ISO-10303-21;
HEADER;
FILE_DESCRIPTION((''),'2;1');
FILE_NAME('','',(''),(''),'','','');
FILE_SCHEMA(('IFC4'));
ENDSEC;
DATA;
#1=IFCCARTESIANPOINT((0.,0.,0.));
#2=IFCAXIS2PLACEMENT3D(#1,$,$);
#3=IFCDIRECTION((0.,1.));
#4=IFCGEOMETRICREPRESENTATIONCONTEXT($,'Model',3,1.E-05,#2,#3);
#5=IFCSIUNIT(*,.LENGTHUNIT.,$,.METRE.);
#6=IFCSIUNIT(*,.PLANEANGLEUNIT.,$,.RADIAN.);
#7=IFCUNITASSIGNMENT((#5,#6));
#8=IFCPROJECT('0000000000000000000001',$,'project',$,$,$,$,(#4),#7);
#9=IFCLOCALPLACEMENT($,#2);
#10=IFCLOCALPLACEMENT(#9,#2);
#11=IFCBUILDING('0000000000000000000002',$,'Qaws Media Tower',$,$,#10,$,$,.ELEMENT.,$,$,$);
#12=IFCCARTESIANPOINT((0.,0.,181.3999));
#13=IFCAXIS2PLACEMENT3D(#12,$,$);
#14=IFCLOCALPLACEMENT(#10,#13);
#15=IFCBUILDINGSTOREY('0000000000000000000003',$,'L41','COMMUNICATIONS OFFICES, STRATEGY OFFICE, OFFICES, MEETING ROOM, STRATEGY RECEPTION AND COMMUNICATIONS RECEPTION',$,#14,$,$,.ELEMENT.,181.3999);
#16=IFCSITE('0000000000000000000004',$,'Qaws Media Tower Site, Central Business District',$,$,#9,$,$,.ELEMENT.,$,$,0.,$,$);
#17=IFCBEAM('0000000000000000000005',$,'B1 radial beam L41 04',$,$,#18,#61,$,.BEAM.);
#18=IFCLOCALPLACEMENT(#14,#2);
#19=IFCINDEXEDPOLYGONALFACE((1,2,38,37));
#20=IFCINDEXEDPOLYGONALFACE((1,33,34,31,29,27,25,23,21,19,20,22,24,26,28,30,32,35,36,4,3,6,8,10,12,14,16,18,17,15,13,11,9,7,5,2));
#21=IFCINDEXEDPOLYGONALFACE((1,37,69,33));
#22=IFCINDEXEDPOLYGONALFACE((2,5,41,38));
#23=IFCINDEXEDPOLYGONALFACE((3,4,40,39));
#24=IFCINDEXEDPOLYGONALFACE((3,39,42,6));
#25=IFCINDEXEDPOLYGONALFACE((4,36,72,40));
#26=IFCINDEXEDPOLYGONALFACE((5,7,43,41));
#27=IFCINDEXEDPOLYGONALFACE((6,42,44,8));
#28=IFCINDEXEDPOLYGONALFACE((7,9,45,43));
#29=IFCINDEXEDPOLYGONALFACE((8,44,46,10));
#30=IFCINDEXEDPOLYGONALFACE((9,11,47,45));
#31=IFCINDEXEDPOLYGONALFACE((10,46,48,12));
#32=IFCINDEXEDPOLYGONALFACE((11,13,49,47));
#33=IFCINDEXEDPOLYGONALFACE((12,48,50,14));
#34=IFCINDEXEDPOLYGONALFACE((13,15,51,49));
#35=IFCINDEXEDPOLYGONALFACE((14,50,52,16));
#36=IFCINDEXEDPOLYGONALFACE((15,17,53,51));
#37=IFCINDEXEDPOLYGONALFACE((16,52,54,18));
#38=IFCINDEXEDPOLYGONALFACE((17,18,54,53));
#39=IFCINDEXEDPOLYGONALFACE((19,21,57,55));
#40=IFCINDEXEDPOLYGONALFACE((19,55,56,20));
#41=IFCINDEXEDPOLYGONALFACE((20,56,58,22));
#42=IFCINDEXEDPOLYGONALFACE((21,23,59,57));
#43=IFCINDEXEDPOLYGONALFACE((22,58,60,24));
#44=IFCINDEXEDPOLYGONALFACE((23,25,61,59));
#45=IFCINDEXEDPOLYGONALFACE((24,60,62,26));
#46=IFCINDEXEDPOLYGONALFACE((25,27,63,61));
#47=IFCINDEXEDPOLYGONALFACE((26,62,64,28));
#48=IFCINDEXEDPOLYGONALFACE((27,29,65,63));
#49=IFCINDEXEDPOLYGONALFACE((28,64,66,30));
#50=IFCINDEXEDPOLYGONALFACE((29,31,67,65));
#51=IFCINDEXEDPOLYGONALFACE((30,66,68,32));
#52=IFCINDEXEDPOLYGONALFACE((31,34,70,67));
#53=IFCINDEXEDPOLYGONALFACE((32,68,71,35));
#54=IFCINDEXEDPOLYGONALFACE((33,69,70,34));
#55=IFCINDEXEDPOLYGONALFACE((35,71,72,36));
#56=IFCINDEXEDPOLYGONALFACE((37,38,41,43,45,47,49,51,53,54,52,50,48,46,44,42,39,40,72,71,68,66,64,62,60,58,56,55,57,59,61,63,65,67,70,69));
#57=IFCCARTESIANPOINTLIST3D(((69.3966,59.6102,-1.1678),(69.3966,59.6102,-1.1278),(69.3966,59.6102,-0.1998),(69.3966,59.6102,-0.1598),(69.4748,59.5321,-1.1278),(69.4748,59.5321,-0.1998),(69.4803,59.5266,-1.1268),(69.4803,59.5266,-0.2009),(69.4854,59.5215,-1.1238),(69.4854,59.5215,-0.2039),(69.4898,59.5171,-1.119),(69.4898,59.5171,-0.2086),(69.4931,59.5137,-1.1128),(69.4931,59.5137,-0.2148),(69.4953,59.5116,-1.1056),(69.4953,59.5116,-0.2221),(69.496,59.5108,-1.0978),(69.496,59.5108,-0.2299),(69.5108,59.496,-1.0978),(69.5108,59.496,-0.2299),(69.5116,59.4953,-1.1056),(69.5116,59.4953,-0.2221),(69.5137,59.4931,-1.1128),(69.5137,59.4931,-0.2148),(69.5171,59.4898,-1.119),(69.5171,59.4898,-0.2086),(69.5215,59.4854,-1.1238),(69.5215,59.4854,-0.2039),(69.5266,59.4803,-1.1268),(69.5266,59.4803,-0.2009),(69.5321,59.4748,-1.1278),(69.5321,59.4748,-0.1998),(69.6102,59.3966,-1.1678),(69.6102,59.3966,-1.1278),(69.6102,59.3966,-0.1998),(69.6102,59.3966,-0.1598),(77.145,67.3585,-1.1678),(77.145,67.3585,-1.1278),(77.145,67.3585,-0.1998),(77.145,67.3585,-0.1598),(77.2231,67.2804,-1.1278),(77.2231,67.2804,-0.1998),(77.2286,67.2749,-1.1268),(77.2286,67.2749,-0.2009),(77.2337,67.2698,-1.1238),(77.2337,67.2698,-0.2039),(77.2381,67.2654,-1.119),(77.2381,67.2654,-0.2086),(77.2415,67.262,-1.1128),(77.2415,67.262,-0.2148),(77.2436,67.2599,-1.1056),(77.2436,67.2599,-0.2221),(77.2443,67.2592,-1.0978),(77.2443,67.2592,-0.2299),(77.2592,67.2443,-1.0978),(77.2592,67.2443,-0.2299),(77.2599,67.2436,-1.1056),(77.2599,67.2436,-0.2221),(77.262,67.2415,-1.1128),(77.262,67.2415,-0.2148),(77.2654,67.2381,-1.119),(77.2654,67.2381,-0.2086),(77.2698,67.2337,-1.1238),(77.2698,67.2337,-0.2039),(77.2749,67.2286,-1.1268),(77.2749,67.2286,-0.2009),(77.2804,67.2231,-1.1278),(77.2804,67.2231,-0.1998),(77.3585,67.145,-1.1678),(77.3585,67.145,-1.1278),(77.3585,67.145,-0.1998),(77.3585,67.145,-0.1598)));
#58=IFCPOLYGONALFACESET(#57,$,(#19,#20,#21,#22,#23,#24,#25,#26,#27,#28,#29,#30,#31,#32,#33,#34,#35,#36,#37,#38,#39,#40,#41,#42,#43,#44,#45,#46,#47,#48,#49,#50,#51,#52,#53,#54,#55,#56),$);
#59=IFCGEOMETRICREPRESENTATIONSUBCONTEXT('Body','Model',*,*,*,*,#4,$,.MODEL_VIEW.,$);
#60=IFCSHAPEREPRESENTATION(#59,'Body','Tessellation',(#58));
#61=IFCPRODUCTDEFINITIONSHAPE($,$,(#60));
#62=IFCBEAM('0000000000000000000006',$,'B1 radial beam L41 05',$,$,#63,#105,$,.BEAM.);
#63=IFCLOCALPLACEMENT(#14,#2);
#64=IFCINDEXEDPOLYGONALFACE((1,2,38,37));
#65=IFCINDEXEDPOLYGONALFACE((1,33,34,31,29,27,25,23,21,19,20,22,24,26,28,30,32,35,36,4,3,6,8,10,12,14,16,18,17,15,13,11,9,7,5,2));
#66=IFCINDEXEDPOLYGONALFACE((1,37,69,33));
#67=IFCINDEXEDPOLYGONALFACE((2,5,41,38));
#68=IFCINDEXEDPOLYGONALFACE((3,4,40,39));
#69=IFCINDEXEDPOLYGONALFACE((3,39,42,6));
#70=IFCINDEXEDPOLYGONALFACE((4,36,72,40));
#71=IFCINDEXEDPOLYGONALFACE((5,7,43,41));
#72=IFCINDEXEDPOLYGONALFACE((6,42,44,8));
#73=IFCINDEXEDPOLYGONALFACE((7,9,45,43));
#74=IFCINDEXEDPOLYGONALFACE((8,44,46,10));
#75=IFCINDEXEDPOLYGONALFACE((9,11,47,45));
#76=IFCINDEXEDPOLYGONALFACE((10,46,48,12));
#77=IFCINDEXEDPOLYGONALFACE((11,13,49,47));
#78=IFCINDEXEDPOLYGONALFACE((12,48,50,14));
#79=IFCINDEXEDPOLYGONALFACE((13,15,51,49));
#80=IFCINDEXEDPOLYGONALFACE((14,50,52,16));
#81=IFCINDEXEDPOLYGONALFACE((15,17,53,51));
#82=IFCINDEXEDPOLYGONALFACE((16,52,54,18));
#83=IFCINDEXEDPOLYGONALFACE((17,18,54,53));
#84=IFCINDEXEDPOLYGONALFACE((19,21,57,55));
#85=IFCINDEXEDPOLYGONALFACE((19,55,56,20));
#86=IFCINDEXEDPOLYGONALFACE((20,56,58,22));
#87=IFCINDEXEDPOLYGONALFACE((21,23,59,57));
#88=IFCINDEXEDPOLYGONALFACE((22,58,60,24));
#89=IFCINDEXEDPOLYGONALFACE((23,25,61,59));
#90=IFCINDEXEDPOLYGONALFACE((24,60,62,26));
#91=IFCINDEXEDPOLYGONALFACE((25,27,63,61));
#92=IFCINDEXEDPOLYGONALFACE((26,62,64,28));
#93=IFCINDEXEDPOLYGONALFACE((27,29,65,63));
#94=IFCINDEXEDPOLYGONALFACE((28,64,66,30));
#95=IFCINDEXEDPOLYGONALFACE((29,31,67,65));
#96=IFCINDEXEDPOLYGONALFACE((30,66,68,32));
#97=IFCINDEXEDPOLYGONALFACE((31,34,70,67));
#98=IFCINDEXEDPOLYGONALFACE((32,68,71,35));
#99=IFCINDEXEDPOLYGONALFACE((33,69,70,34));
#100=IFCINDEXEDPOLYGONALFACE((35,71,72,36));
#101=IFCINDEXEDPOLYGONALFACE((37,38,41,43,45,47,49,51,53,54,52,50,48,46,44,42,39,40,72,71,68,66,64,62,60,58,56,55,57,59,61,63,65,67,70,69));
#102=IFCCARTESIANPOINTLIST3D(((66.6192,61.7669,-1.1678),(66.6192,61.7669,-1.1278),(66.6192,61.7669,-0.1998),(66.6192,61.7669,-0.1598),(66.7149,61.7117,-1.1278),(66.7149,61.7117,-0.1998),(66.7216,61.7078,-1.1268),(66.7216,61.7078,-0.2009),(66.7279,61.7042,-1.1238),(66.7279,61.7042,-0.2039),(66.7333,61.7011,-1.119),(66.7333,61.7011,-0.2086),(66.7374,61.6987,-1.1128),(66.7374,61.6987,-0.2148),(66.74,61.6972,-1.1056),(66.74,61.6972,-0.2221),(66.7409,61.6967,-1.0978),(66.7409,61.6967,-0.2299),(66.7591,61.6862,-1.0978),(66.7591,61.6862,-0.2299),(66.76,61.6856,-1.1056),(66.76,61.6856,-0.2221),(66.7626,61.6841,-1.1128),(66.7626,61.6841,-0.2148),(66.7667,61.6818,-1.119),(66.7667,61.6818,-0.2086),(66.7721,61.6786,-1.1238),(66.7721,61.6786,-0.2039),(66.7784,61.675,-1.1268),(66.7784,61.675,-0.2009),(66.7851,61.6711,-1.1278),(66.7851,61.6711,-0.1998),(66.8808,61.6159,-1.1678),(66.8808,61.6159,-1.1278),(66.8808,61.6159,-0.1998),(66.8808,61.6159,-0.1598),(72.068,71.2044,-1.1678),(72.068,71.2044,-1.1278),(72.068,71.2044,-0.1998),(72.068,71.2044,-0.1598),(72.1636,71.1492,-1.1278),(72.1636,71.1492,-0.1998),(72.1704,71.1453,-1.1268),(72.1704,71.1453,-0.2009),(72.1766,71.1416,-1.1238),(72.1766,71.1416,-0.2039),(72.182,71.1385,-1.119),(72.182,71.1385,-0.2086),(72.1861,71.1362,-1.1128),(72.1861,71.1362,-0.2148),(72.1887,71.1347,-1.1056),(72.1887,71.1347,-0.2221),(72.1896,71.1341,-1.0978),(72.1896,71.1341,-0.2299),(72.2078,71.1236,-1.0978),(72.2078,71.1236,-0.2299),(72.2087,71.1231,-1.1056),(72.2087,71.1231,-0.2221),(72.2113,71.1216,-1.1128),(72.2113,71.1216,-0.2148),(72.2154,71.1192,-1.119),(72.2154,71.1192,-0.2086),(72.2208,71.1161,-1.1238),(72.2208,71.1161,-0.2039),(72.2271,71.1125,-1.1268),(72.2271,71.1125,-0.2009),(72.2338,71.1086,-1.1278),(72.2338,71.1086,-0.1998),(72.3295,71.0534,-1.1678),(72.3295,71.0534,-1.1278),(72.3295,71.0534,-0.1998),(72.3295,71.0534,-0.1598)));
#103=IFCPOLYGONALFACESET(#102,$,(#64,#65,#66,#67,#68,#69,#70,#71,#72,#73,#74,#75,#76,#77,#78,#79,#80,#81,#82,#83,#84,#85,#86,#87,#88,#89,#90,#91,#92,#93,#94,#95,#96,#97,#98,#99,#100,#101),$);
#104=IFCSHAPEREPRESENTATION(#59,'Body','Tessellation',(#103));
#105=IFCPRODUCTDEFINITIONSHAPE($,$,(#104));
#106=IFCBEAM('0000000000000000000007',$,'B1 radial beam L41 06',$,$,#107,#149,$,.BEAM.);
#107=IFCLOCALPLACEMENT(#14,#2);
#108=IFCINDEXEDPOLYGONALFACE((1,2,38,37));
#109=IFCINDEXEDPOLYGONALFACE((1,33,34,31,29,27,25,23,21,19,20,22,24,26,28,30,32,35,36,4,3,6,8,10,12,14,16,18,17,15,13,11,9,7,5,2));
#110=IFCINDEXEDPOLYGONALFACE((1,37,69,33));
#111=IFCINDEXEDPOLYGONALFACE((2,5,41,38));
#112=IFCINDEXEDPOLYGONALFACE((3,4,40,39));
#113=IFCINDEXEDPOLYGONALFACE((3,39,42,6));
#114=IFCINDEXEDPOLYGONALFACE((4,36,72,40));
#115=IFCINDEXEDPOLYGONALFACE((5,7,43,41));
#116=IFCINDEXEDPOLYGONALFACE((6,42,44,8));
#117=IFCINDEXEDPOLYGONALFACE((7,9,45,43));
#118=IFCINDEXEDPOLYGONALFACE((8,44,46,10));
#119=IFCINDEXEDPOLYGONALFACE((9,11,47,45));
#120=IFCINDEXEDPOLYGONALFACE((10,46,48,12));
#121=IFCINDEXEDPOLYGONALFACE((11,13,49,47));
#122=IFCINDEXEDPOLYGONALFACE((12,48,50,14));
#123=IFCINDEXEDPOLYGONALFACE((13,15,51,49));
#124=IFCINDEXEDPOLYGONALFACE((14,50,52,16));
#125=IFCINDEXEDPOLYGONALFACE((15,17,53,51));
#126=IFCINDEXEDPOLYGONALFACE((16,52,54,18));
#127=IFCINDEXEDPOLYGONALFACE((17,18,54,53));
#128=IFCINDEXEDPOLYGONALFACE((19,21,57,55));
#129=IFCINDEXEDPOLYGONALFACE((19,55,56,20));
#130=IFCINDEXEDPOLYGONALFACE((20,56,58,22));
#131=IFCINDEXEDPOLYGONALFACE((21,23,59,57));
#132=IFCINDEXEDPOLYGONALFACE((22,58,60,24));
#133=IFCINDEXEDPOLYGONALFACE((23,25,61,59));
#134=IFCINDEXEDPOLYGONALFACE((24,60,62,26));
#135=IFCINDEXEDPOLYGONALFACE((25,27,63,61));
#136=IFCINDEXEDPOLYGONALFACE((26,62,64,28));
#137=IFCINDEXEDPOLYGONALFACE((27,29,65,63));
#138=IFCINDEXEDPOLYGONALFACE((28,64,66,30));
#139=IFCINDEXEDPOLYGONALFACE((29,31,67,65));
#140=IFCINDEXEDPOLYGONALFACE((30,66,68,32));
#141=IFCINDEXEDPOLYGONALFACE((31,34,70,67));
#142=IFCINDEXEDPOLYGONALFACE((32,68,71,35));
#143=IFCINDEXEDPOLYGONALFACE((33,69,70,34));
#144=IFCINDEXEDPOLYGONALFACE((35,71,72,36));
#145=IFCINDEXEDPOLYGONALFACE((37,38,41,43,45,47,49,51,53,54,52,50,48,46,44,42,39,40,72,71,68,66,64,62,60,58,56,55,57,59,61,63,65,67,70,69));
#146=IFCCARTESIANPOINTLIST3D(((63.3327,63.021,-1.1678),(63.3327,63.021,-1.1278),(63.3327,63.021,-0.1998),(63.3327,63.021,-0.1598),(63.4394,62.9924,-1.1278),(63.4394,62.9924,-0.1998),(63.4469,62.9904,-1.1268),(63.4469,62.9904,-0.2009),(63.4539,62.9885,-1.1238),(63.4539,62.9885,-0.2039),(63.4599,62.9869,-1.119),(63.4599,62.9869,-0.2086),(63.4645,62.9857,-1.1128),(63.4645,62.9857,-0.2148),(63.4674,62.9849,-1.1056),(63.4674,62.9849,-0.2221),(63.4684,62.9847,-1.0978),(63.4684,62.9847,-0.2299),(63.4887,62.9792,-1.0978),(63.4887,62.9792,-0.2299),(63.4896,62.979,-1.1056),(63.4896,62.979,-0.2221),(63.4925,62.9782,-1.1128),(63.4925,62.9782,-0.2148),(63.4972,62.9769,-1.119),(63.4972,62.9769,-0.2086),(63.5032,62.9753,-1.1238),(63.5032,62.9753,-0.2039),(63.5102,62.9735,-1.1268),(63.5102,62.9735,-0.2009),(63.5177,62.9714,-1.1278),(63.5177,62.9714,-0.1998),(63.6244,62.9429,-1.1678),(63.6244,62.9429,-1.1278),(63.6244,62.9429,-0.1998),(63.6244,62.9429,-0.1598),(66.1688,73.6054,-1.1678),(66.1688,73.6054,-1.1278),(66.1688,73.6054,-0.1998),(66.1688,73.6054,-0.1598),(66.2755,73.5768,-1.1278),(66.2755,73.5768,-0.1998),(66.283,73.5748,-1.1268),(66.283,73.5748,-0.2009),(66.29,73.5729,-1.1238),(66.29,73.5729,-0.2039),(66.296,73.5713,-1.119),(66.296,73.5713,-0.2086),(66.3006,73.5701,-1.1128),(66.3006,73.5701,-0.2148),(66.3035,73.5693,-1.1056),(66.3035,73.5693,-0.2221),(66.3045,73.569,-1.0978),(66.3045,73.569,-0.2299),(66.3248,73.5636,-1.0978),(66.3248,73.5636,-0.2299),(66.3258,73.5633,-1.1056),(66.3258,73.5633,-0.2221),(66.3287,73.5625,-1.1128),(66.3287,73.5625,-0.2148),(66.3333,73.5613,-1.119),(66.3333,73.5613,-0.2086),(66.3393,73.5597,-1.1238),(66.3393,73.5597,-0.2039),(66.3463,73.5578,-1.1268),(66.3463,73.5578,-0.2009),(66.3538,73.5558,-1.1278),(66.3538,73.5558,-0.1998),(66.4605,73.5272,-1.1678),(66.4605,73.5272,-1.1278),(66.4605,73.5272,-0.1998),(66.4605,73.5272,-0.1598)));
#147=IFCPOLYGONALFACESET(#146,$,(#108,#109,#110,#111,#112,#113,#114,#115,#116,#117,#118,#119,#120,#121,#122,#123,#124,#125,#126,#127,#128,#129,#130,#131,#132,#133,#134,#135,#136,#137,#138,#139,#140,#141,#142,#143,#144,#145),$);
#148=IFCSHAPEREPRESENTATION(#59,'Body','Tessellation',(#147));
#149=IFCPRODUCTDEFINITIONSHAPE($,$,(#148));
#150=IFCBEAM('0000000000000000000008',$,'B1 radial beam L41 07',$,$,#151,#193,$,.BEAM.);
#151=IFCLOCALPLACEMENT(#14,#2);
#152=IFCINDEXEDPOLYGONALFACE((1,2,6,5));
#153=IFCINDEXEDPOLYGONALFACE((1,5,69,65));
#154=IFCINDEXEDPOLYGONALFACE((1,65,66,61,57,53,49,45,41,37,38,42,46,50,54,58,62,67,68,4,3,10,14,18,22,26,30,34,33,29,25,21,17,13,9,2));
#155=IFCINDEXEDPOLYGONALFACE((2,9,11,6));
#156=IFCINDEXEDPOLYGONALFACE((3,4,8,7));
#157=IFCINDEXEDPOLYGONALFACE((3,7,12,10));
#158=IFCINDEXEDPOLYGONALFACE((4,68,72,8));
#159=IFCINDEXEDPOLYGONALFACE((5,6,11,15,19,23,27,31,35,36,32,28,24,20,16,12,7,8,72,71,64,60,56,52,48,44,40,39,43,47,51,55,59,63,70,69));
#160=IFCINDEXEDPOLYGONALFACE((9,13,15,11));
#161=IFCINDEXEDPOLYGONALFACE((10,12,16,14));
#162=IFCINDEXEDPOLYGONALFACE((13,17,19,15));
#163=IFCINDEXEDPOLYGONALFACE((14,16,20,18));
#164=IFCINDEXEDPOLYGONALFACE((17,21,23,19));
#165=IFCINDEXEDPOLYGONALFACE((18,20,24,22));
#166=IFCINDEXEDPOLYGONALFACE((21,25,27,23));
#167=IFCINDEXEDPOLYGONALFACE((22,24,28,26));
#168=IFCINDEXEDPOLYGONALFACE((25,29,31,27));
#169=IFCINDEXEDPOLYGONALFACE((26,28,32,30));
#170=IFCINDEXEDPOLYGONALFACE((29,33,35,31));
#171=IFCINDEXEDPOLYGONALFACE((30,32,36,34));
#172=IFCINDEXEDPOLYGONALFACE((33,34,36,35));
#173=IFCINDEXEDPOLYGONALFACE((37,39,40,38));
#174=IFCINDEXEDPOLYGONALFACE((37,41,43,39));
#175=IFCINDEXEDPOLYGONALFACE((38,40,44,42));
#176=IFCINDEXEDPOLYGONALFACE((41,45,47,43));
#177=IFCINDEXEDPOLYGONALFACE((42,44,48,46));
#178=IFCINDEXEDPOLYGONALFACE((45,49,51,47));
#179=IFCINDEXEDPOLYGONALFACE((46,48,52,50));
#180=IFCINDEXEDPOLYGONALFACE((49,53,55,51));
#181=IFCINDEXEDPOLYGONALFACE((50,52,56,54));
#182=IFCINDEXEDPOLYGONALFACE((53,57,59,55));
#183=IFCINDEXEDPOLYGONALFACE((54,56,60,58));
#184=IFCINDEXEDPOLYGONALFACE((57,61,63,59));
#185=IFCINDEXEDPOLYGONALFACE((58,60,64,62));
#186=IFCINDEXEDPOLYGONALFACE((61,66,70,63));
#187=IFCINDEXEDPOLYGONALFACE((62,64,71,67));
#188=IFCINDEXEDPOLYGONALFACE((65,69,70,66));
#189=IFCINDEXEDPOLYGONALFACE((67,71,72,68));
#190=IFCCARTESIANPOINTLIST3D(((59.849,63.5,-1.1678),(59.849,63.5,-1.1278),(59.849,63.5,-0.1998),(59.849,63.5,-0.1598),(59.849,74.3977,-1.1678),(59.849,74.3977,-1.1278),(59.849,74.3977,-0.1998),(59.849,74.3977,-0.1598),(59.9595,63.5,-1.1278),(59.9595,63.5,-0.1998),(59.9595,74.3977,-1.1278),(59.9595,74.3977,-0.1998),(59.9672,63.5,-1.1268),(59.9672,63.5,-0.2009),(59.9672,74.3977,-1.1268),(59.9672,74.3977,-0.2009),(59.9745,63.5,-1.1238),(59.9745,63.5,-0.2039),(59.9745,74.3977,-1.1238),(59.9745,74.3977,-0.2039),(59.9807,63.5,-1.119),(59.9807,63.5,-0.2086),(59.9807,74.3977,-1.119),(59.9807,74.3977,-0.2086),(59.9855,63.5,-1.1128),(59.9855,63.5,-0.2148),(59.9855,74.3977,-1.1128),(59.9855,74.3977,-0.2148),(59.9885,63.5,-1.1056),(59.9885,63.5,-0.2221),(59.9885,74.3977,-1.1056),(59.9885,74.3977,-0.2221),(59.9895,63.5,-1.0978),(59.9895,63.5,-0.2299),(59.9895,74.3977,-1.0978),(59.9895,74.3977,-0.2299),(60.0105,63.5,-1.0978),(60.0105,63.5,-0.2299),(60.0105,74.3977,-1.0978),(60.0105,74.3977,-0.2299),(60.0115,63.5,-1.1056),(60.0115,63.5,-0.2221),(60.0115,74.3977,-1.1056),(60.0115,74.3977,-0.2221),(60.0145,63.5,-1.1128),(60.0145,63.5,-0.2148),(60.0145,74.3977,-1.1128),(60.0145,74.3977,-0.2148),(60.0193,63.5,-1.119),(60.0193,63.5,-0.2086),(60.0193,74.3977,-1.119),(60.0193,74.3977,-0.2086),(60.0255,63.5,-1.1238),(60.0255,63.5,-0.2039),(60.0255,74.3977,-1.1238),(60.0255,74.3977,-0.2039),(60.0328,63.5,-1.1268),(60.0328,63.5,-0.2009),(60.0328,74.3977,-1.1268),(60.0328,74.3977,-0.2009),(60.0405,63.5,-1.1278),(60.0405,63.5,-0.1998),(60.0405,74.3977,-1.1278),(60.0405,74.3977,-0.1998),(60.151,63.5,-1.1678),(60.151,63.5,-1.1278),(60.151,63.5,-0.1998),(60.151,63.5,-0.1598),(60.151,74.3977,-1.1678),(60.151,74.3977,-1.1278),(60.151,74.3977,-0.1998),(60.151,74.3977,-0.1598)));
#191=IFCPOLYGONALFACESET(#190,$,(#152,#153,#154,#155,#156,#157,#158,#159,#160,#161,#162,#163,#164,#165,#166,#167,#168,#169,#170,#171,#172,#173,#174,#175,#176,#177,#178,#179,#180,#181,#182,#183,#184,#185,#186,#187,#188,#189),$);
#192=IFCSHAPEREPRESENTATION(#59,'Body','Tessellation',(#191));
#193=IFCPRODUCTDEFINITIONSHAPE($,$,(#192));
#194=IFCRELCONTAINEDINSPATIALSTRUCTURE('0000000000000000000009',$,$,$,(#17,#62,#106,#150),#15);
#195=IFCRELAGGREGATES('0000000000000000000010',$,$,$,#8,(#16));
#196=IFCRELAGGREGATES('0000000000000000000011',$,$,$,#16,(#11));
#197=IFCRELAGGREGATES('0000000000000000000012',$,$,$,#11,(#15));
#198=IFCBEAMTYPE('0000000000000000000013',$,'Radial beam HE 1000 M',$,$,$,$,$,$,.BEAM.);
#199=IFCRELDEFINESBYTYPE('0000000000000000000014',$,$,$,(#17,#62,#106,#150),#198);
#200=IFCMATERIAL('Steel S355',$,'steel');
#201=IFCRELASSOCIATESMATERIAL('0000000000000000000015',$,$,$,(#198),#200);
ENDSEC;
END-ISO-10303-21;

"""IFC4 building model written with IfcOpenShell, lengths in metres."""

from ifc_helpers import new_model, si_unit, direction, frame, origin, origin_2d, place, context, subcontext, project, spatial, i_section, extrude, material, material_profile, profile_set, type_object, element, save


model = new_model("IFC4")

# Units and contexts
model_context = context("Model", 3, precision=1e-05, world=origin(), true_north=direction((0.0, 1.0)))
body_context = subcontext(model_context, "Body", "Model", "MODEL_VIEW")
ifc_project = project(units=[si_unit("LENGTHUNIT", "METRE"), si_unit("PLANEANGLEUNIT", "RADIAN")], contexts=[model_context])

# Site, building, storey
site_placement = place(None, origin())
site = spatial("IfcSite", under=ifc_project, at=site_placement, Name="Qaws Media Tower Site, Central Business District", CompositionType="ELEMENT", RefElevation=0.0)
building_placement = place(site_placement, origin())
building = spatial("IfcBuilding", under=site, at=building_placement, Name="Qaws Media Tower", CompositionType="ELEMENT")
storey_placement = place(building_placement, frame((0.0, 0.0, 181.3999)))
storey = spatial("IfcBuildingStorey", under=building, at=storey_placement, Name="L41", Description="COMMUNICATIONS OFFICES, STRATEGY OFFICE, OFFICES, MEETING ROOM, STRATEGY RECEPTION AND COMMUNICATIONS RECEPTION", CompositionType="ELEMENT", Elevation=181.3999)

# Beams
ifc_material_1 = material(Name="Steel S355", Category="steel")
ifc_material_profile_1 = material_profile(ifc_material_1, i_section(OverallWidth=0.302, OverallDepth=1.0081, WebThickness=0.021, FlangeThickness=0.04, FilletRadius=0.03, at=origin_2d()), Name="HE 1000 M")
ifc_profile_set_1 = profile_set([ifc_material_profile_1], Name="Steel S355")
beam_type_1 = type_object("IfcBeamType", Name="Radial beam HE 1000 M", PredefinedType="BEAM", material=ifc_profile_set_1)
beam_1_placement = place(storey_placement, frame((69.5034, 59.5034, -0.6638), z_axis=(0.707107, 0.707107, 0.0), x_axis=(-0.707107, 0.707107, 0.0)))
element("IfcBeam", 1, at=beam_1_placement, inside=storey, type_object=beam_type_1, Name="B1 radial beam L41 04", PredefinedType="BEAM", context=body_context, shape_type="SweptSolid", body=[
    extrude(i_section(OverallWidth=0.302, OverallDepth=1.0081, WebThickness=0.021, FlangeThickness=0.04, FilletRadius=0.03, at=origin_2d()), origin(), (0.0, 0.0, 1.0), 10.9578),
])
beam_2_placement = place(storey_placement, frame((66.75, 61.6914, -0.6638), z_axis=(0.499999, 0.866026, 0.0), x_axis=(-0.866026, 0.499999, 0.0)))
element("IfcBeam", 2, at=beam_2_placement, inside=storey, type_object=beam_type_1, Name="B1 radial beam L41 05", PredefinedType="BEAM", context=body_context, shape_type="SweptSolid", body=[
    extrude(i_section(OverallWidth=0.302, OverallDepth=1.0081, WebThickness=0.021, FlangeThickness=0.04, FilletRadius=0.03, at=origin_2d()), origin(), (0.0, 0.0, 1.0), 10.8975),
])
beam_3_placement = place(storey_placement, frame((63.4785, 62.9819, -0.6638), z_axis=(0.258826, 0.965924, 0.0), x_axis=(-0.965924, 0.258826, 0.0)))
element("IfcBeam", 3, at=beam_3_placement, inside=storey, type_object=beam_type_1, Name="B1 radial beam L41 06", PredefinedType="BEAM", context=body_context, shape_type="SweptSolid", body=[
    extrude(i_section(OverallWidth=0.302, OverallDepth=1.0081, WebThickness=0.021, FlangeThickness=0.04, FilletRadius=0.03, at=origin_2d()), origin(), (0.0, 0.0, 1.0), 10.9578),
])
beam_4_placement = place(storey_placement, frame((60.0, 63.5, -0.6638), z_axis=(0.0, 1.0, 0.0), x_axis=(-1.0, 0.0, 0.0)))
element("IfcBeam", 4, at=beam_4_placement, inside=storey, type_object=beam_type_1, Name="B1 radial beam L41 07", PredefinedType="BEAM", context=body_context, shape_type="SweptSolid", body=[
    extrude(i_section(OverallWidth=0.302, OverallDepth=1.0081, WebThickness=0.021, FlangeThickness=0.04, FilletRadius=0.03, at=origin_2d()), origin(), (0.0, 0.0, 1.0), 10.8977),
])

save(model, "model.ifc")
